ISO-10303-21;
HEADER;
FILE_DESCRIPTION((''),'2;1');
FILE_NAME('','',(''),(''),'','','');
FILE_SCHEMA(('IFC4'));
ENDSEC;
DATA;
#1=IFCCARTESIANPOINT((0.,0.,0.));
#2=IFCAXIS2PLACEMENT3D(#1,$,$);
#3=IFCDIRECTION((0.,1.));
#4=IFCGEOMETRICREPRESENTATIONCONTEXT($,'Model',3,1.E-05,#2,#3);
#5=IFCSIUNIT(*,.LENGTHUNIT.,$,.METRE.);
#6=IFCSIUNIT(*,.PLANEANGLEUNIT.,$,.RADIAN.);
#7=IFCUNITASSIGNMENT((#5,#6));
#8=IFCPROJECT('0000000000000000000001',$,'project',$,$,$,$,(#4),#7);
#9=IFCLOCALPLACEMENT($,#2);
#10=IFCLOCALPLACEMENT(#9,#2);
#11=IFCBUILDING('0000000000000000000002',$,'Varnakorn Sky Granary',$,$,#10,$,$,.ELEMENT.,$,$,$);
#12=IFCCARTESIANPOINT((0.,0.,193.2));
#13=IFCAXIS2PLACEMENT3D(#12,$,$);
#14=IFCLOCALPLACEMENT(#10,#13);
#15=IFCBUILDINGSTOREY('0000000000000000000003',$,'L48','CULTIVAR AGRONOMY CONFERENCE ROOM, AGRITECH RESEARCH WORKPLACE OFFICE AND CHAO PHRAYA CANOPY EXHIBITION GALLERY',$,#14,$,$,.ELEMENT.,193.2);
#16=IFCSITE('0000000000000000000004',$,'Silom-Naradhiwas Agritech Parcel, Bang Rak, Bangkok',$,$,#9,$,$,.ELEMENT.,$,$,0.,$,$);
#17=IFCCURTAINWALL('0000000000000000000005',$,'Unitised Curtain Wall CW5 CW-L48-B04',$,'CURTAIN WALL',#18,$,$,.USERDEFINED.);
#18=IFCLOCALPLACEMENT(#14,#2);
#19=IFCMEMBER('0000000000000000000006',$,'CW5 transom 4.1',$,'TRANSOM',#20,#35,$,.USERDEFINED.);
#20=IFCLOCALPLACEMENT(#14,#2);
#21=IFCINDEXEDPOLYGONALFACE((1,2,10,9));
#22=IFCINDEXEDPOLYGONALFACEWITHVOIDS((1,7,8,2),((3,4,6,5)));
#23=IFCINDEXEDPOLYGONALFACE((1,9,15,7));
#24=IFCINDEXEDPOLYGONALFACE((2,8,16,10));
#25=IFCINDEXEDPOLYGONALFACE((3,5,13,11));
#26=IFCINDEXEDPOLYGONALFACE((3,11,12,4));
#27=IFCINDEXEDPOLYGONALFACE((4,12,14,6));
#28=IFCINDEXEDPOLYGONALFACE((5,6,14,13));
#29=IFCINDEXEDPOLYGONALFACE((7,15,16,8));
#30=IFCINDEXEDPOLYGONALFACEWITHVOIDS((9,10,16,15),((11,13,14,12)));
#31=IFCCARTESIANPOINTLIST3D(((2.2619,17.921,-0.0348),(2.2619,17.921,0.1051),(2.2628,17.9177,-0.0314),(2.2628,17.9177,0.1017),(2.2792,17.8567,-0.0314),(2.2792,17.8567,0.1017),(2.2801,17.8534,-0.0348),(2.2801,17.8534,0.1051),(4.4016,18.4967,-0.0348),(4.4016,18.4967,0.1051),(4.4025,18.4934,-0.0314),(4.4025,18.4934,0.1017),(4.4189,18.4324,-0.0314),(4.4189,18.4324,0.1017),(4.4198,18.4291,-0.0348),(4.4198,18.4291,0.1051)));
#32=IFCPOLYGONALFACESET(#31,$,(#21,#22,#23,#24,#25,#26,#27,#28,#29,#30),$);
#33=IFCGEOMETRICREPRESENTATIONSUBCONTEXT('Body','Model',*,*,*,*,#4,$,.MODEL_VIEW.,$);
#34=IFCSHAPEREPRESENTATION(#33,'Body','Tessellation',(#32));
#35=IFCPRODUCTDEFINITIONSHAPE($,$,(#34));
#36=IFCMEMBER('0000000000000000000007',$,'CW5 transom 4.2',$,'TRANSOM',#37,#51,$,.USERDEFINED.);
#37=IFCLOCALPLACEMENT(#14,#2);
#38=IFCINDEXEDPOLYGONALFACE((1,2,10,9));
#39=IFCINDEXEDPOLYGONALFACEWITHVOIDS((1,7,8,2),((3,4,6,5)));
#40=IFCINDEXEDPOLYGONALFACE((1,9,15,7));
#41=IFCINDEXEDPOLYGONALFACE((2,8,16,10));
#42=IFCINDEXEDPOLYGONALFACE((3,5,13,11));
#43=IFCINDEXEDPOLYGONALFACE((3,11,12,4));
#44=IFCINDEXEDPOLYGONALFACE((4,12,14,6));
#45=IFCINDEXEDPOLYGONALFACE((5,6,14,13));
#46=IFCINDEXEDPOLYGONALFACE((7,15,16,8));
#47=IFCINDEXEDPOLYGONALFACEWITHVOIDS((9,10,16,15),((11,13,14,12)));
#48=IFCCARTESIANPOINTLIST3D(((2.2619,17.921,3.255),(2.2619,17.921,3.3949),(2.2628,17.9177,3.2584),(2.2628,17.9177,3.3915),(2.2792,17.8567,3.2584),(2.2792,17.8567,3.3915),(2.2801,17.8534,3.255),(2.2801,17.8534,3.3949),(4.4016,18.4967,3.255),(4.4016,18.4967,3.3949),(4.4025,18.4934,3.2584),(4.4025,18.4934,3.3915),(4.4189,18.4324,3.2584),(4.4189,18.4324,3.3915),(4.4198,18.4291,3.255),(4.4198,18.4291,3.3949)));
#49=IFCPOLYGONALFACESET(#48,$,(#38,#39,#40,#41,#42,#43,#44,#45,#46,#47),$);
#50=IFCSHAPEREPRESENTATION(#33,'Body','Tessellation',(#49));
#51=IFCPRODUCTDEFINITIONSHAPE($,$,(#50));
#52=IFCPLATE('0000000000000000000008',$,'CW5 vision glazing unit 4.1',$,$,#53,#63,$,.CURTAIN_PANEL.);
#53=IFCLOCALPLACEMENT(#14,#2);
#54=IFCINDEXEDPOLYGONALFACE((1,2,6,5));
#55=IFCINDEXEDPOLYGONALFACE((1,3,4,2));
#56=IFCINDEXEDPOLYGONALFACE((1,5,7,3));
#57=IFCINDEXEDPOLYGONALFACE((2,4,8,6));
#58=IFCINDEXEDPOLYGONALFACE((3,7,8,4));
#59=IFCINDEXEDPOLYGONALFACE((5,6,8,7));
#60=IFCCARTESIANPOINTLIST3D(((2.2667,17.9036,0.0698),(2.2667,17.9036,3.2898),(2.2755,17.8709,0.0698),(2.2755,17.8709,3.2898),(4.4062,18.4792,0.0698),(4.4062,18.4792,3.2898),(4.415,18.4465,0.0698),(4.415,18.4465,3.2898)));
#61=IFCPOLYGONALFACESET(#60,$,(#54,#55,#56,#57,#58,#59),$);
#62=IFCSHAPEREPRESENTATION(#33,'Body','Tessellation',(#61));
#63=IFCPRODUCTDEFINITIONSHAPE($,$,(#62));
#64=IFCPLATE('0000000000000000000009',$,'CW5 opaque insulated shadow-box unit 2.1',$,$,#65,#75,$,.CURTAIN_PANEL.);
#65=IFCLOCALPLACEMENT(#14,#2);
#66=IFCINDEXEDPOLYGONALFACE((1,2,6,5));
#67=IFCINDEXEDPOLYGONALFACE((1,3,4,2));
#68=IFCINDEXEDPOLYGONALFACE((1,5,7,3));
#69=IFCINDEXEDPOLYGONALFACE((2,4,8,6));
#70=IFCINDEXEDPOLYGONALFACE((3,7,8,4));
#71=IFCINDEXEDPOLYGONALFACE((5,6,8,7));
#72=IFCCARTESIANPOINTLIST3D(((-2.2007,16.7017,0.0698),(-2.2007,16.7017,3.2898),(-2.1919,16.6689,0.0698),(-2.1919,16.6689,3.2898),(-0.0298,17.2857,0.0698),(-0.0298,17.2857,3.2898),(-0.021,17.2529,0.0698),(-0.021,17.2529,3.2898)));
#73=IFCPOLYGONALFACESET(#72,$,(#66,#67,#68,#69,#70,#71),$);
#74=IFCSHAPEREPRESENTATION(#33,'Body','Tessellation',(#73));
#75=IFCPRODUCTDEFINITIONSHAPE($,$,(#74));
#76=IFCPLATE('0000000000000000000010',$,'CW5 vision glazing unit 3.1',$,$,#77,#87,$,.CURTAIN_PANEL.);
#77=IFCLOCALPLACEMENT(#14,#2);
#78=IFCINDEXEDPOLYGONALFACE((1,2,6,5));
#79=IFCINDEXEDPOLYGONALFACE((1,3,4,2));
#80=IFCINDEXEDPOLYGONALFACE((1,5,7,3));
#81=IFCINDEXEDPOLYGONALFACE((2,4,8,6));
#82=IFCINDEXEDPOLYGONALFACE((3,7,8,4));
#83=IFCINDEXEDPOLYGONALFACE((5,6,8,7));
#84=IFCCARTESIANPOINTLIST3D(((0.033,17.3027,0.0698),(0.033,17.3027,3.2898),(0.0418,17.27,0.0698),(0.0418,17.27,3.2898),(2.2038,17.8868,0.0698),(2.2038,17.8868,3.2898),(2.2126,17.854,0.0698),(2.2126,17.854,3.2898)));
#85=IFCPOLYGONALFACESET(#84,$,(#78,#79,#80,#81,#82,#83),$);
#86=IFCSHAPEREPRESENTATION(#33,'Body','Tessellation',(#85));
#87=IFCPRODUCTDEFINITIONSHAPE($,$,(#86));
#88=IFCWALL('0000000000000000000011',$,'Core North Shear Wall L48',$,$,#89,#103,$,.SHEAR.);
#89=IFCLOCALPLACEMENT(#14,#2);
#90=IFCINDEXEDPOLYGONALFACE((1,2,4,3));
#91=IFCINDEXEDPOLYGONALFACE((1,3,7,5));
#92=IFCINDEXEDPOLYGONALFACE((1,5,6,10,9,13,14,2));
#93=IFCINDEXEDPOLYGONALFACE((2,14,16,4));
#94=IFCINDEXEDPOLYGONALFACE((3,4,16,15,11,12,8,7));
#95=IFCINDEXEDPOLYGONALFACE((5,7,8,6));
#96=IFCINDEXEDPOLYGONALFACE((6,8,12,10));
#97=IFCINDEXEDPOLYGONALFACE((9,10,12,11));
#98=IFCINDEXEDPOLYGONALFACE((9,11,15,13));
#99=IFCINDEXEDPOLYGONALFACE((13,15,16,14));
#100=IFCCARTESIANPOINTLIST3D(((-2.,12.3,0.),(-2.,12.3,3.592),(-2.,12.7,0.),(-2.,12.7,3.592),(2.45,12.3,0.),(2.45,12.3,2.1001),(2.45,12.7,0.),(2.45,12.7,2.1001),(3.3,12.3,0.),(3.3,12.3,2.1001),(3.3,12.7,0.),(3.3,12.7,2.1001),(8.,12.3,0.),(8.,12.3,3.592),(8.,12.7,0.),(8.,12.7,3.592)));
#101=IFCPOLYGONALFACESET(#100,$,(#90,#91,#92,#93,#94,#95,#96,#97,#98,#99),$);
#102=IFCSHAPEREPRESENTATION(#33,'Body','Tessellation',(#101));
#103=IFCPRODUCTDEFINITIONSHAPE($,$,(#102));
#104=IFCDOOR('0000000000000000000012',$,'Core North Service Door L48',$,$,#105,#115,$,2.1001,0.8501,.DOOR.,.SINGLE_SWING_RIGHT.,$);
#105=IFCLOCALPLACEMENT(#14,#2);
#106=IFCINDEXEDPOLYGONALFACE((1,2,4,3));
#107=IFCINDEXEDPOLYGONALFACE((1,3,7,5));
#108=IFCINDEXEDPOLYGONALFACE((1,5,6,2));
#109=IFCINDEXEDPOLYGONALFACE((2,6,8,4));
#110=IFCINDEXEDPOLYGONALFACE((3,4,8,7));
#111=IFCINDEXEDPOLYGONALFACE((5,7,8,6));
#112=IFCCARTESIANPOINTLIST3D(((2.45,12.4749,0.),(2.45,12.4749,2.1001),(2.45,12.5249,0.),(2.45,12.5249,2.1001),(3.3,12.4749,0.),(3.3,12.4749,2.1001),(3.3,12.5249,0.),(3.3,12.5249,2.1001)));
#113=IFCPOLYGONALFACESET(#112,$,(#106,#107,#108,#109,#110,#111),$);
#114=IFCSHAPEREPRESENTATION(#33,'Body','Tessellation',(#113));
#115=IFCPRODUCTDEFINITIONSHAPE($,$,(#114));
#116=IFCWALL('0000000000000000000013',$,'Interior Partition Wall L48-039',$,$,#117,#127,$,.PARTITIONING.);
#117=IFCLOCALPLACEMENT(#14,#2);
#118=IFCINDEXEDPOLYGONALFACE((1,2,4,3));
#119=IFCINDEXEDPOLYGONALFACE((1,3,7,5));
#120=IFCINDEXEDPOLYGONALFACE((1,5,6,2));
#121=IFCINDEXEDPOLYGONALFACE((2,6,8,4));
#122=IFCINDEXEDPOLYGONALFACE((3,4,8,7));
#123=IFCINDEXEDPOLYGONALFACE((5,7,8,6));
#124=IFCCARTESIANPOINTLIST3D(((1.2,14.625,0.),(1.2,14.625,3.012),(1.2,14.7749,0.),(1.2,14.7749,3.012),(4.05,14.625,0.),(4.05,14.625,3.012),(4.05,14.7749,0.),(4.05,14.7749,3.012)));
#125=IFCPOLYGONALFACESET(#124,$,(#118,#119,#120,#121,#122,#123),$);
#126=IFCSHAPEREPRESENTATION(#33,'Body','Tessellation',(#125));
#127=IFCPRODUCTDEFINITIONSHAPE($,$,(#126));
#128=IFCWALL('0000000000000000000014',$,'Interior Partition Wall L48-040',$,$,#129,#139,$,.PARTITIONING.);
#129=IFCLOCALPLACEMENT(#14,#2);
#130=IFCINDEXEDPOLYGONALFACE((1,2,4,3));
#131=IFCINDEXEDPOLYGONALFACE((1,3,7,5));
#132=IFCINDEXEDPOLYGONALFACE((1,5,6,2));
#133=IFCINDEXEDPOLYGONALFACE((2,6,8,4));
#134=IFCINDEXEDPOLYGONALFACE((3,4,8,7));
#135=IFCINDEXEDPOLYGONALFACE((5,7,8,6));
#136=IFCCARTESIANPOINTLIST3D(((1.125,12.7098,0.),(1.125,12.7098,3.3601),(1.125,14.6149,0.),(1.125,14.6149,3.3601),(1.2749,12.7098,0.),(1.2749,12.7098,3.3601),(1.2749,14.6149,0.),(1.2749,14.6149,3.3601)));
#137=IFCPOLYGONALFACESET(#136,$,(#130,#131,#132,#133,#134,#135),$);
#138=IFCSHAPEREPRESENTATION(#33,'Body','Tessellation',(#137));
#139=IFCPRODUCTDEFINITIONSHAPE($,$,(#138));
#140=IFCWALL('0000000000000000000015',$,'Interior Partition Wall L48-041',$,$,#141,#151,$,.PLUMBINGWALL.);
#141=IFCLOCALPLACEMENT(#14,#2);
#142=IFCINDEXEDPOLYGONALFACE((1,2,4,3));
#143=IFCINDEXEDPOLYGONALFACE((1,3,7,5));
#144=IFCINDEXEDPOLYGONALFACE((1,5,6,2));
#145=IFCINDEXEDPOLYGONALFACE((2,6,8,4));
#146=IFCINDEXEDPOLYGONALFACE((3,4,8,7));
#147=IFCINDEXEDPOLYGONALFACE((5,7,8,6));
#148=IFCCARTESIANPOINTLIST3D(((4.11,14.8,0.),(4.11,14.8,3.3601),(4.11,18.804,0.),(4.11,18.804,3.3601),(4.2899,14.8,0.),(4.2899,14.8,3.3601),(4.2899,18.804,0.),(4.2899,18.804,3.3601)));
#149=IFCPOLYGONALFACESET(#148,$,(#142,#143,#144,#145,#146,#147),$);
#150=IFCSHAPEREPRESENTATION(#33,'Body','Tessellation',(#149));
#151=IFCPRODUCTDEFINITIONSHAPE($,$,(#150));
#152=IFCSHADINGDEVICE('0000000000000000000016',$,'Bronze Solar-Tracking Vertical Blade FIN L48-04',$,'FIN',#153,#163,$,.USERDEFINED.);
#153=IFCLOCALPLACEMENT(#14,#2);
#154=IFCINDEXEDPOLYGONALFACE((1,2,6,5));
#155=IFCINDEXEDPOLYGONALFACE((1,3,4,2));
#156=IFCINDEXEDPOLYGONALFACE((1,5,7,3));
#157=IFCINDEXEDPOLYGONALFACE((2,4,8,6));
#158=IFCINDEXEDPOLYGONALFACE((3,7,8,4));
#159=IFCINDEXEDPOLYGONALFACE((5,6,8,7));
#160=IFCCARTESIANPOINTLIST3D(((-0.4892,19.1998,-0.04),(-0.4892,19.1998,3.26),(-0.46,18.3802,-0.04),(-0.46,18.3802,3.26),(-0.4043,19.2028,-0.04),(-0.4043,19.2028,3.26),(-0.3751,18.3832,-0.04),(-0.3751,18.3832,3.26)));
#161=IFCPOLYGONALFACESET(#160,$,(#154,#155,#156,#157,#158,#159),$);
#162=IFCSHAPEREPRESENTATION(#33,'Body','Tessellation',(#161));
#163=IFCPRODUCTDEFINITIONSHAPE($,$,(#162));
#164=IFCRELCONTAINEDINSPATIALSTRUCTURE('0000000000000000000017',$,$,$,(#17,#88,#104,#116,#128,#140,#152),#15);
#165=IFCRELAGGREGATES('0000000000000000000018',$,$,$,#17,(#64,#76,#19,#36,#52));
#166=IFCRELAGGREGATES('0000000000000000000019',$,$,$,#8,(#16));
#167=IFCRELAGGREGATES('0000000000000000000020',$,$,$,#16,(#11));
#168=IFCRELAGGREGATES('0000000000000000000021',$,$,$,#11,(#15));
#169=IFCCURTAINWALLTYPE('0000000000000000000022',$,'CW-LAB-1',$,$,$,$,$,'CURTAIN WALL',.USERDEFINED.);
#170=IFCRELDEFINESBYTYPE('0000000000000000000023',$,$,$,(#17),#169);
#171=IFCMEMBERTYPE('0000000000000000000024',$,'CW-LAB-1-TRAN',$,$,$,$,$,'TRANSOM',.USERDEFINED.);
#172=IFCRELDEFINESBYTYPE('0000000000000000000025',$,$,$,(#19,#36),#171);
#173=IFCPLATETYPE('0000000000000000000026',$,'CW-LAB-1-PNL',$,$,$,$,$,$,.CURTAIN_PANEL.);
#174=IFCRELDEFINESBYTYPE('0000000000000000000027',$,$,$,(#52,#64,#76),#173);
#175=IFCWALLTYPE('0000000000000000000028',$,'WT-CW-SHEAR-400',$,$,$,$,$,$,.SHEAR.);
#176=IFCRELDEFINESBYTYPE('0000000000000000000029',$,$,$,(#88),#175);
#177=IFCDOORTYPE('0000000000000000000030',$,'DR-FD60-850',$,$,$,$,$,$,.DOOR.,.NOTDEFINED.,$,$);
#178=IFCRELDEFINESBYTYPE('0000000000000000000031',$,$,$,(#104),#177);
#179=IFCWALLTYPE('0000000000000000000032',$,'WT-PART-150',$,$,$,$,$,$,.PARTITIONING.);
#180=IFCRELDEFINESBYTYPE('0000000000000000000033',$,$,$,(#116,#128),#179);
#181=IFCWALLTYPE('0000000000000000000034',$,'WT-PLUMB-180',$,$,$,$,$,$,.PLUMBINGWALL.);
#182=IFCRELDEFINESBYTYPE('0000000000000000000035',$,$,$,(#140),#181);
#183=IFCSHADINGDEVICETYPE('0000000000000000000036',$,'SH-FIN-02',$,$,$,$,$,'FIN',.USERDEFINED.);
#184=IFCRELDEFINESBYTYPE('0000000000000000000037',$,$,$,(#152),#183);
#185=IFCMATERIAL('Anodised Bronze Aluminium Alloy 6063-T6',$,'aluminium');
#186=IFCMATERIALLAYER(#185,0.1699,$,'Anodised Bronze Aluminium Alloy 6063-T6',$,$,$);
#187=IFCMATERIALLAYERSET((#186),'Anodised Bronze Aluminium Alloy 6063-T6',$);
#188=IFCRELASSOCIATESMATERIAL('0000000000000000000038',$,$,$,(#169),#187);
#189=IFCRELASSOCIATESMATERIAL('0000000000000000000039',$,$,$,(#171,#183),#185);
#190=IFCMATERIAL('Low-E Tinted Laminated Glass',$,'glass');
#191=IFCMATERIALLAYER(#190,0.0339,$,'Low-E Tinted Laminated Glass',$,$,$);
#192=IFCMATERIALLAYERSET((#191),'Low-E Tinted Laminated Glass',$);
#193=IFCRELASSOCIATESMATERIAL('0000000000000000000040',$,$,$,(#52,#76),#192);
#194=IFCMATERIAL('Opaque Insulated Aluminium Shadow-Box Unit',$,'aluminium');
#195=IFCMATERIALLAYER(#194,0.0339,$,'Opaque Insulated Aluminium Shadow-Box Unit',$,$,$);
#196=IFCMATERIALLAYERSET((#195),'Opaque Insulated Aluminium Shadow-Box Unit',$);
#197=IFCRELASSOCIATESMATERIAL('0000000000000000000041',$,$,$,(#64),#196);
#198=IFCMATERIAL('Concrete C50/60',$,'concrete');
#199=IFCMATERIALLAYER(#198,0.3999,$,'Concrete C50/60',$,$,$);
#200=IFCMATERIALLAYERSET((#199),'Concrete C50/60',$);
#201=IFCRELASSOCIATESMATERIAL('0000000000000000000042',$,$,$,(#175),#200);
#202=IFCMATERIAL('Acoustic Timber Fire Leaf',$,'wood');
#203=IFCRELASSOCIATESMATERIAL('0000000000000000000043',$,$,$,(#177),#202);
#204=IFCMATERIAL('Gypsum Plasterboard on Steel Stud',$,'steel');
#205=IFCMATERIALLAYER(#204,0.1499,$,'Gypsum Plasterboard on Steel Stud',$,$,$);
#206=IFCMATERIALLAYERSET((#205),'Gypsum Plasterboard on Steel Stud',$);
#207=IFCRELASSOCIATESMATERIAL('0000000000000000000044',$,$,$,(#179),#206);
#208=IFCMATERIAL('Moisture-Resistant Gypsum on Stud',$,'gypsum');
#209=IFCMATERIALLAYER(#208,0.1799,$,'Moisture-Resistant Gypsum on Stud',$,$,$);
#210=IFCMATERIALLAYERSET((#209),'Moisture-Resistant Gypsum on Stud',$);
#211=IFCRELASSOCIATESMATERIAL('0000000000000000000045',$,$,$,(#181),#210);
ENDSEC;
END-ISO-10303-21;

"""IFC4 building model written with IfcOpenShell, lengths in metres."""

from ifc_helpers import new_model, si_unit, direction, frame, frame_2d, origin, origin_2d, place, context, subcontext, project, spatial, rectangle, hollow_rectangle, extrude, source, transform, mapped, material, layer, layer_set, material_profile, profile_set, type_object, type_shapes, element, fill, aggregate, save


model = new_model("IFC4")

# Units and contexts
model_context = context("Model", 3, precision=1e-05, world=origin(), true_north=direction((0.0, 1.0)))
body_context = subcontext(model_context, "Body", "Model", "MODEL_VIEW")
ifc_project = project(units=[si_unit("LENGTHUNIT", "METRE"), si_unit("PLANEANGLEUNIT", "RADIAN")], contexts=[model_context])

# Site, building, storey
site_placement = place(None, origin())
site = spatial("IfcSite", under=ifc_project, at=site_placement, Name="Silom-Naradhiwas Agritech Parcel, Bang Rak, Bangkok", CompositionType="ELEMENT", RefElevation=0.0)
building_placement = place(site_placement, origin())
building = spatial("IfcBuilding", under=site, at=building_placement, Name="Varnakorn Sky Granary", CompositionType="ELEMENT")
storey_placement = place(building_placement, frame((0.0, 0.0, 193.2)))
storey = spatial("IfcBuildingStorey", under=building, at=storey_placement, Name="L48", Description="CULTIVAR AGRONOMY CONFERENCE ROOM, AGRITECH RESEARCH WORKPLACE OFFICE AND CHAO PHRAYA CANOPY EXHIBITION GALLERY", CompositionType="ELEMENT", Elevation=193.2)

# Curtain wall, members, plates
ifc_material_1 = material(Name="Anodised Bronze Aluminium Alloy 6063-T6", Category="aluminium")
ifc_layer_1 = layer(ifc_material_1, 0.1699, Name="Anodised Bronze Aluminium Alloy 6063-T6")
ifc_layer_set_1 = layer_set([ifc_layer_1], Name="Anodised Bronze Aluminium Alloy 6063-T6")
curtain_wall_type = type_object("IfcCurtainWallType", Name="CW-LAB-1", ElementType="CURTAIN WALL", PredefinedType="USERDEFINED", material=ifc_layer_set_1)
curtain_wall_placement = place(storey_placement, origin())
curtain_wall = element("IfcCurtainWall", 1, at=curtain_wall_placement, inside=storey, type_object=curtain_wall_type, Name="Unitised Curtain Wall CW5 CW-L48-B04", ObjectType="CURTAIN WALL", PredefinedType="USERDEFINED")
ifc_material_profile_1 = material_profile(ifc_material_1, hollow_rectangle(XDim=0.0701, YDim=0.1399, WallThickness=0.0034, at=origin_2d()), Name="ALU TRAN 70x140")
ifc_profile_set_1 = profile_set([ifc_material_profile_1], Name="Anodised Bronze Aluminium Alloy 6063-T6")
member_type_1 = type_object("IfcMemberType", Name="CW-LAB-1-TRAN", ElementType="TRANSOM", PredefinedType="USERDEFINED", material=ifc_profile_set_1)
member_1_placement = place(storey_placement, frame((2.271, 17.8872, 0.0352), z_axis=(0.965658, 0.259815, 0.0), x_axis=(-0.259815, 0.965658, 0.0)))
member_1 = element("IfcMember", 2, at=member_1_placement, type_object=member_type_1, Name="CW5 transom 4.1", ObjectType="TRANSOM", PredefinedType="USERDEFINED", context=body_context, shape_type="SweptSolid", body=[
    extrude(hollow_rectangle(XDim=0.0701, YDim=0.1399, WallThickness=0.0034, at=origin_2d()), origin(), (0.0, 0.0, 1.0), 2.2158),
])
member_2_placement = place(storey_placement, frame((2.271, 17.8872, 3.325), z_axis=(0.965658, 0.259815, 0.0), x_axis=(-0.259815, 0.965658, 0.0)))
member_2 = element("IfcMember", 3, at=member_2_placement, type_object=member_type_1, Name="CW5 transom 4.2", ObjectType="TRANSOM", PredefinedType="USERDEFINED", context=body_context, shape_type="SweptSolid", body=[
    extrude(hollow_rectangle(XDim=0.0701, YDim=0.1399, WallThickness=0.0034, at=origin_2d()), origin(), (0.0, 0.0, 1.0), 2.2158),
])
ifc_material_2 = material(Name="Low-E Tinted Laminated Glass", Category="glass")
ifc_layer_2 = layer(ifc_material_2, 0.0339, Name="Low-E Tinted Laminated Glass")
ifc_layer_set_2 = layer_set([ifc_layer_2], Name="Low-E Tinted Laminated Glass")
plate_type = type_object("IfcPlateType", Name="CW-LAB-1-PNL", PredefinedType="CURTAIN_PANEL")
shared_shape_1 = source(origin(), body_context, "Body", "SweptSolid", [
    extrude(rectangle(XDim=2.2156, YDim=0.0339, at=origin_2d()), origin(), (0.0, 0.0, 1.0), 3.22),
])
plate_1_placement = place(storey_placement, frame((3.3408, 18.175, 0.0698), z_axis=(0.0, 0.0, 1.0), x_axis=(0.965665, 0.25979, 0.0)))
plate_1 = element("IfcPlate", 4, at=plate_1_placement, type_object=plate_type, material=ifc_layer_set_2, Name="CW5 vision glazing unit 4.1", PredefinedType="CURTAIN_PANEL", context=body_context, shape_type="MappedRepresentation", body=[
    mapped(shared_shape_1, transform((0.0, 0.0, 0.0), x_axis=(1.0, 0.0, 0.0), y_axis=(0.0, 1.0, 0.0), z_axis=(0.0, 0.0, 1.0), scale=1.0)),
])
ifc_material_3 = material(Name="Opaque Insulated Aluminium Shadow-Box Unit", Category="aluminium")
ifc_layer_3 = layer(ifc_material_3, 0.0339, Name="Opaque Insulated Aluminium Shadow-Box Unit")
ifc_layer_set_3 = layer_set([ifc_layer_3], Name="Opaque Insulated Aluminium Shadow-Box Unit")
shared_shape_2 = source(origin(), body_context, "Body", "SweptSolid", [
    extrude(rectangle(XDim=2.248, YDim=0.0339, at=origin_2d()), origin(), (0.0, 0.0, 1.0), 3.22),
])
type_shapes(plate_type, [shared_shape_1, shared_shape_2])
plate_2_placement = place(storey_placement, frame((-1.1108, 16.9773, 0.0698), z_axis=(0.0, 0.0, 1.0), x_axis=(0.965665, 0.25979, 0.0)))
plate_2 = element("IfcPlate", 5, at=plate_2_placement, type_object=plate_type, material=ifc_layer_set_3, Name="CW5 opaque insulated shadow-box unit 2.1", PredefinedType="CURTAIN_PANEL", context=body_context, shape_type="MappedRepresentation", body=[
    mapped(shared_shape_2, transform((0.0, 0.0, 0.0), x_axis=(1.0, 0.0, 0.0), y_axis=(0.0, 1.0, 0.0), z_axis=(0.0, 0.0, 1.0), scale=1.0)),
])
plate_3_placement = place(storey_placement, frame((1.1228, 17.5784, 0.0698), z_axis=(0.0, 0.0, 1.0), x_axis=(0.965665, 0.25979, 0.0)))
plate_3 = element("IfcPlate", 6, at=plate_3_placement, type_object=plate_type, material=ifc_layer_set_2, Name="CW5 vision glazing unit 3.1", PredefinedType="CURTAIN_PANEL", context=body_context, shape_type="MappedRepresentation", body=[
    mapped(shared_shape_2, transform((0.0, 0.0, 0.0), x_axis=(1.0, 0.0, 0.0), y_axis=(0.0, 1.0, 0.0), z_axis=(0.0, 0.0, 1.0), scale=1.0)),
])
aggregate(curtain_wall, [plate_2, plate_3, member_1, member_2, plate_1])

# Wall, opening, door
ifc_material_4 = material(Name="Concrete C50/60", Category="concrete")
ifc_layer_4 = layer(ifc_material_4, 0.3999, Name="Concrete C50/60")
ifc_layer_set_4 = layer_set([ifc_layer_4], Name="Concrete C50/60")
wall_type_1 = type_object("IfcWallType", Name="WT-CW-SHEAR-400", PredefinedType="SHEAR", material=ifc_layer_set_4)
wall_1_placement = place(storey_placement, frame((-2.0, 12.5, 0.0), z_axis=(0.0, 0.0, 1.0), x_axis=(1.0, 0.0, 0.0)))
wall_1 = element("IfcWall", 7, at=wall_1_placement, inside=storey, type_object=wall_type_1, Name="Core North Shear Wall L48", PredefinedType="SHEAR", context=body_context, shape_type="SweptSolid", body=[
    extrude(rectangle(XDim=10.0, YDim=0.3999, at=frame_2d((5.0, 0.0))), origin(), (0.0, 0.0, 1.0), 3.592),
])
opening_placement = place(wall_1_placement, frame((4.45, 0.0, 0.0)))
opening = element("IfcOpeningElement", 8, at=opening_placement, cuts=wall_1, PredefinedType="OPENING", context=body_context, shape_type="SweptSolid", body=[
    extrude(rectangle(XDim=0.8501, YDim=2.1001, at=frame_2d((0.425, 1.05))), frame((0.0, 0.21, 0.0), z_axis=(0.0, -1.0, 0.0), x_axis=(1.0, 0.0, 0.0)), (0.0, 0.0, 1.0), 0.4199),
])
ifc_material_5 = material(Name="Acoustic Timber Fire Leaf", Category="wood")
door_type = type_object("IfcDoorType", Name="DR-FD60-850", OperationType="NOTDEFINED", PredefinedType="DOOR", material=ifc_material_5)
door_placement = place(opening_placement, origin())
door = element("IfcDoor", 9, at=door_placement, inside=storey, type_object=door_type, Name="Core North Service Door L48", OperationType="SINGLE_SWING_RIGHT", OverallHeight=2.1001, OverallWidth=0.8501, PredefinedType="DOOR", context=body_context, shape_type="SweptSolid", body=[
    extrude(rectangle(XDim=0.8501, YDim=2.1001, at=frame_2d((0.425, 1.05))), frame((0.0, 0.0249, 0.0), z_axis=(0.0, -1.0, 0.0), x_axis=(1.0, 0.0, 0.0)), (0.0, 0.0, 1.0), 0.05),
])
fill(opening, door)

# Walls
ifc_material_6 = material(Name="Gypsum Plasterboard on Steel Stud", Category="steel")
ifc_layer_5 = layer(ifc_material_6, 0.1499, Name="Gypsum Plasterboard on Steel Stud")
ifc_layer_set_5 = layer_set([ifc_layer_5], Name="Gypsum Plasterboard on Steel Stud")
wall_type_2 = type_object("IfcWallType", Name="WT-PART-150", PredefinedType="PARTITIONING", material=ifc_layer_set_5)
wall_2_placement = place(storey_placement, frame((4.05, 14.7, 0.0), z_axis=(0.0, 0.0, 1.0), x_axis=(-1.0, 0.0, 0.0)))
element("IfcWall", 10, at=wall_2_placement, inside=storey, type_object=wall_type_2, Name="Interior Partition Wall L48-039", PredefinedType="PARTITIONING", context=body_context, shape_type="SweptSolid", body=[
    extrude(rectangle(XDim=2.8501, YDim=0.1499, at=frame_2d((1.425, 0.0))), origin(), (0.0, 0.0, 1.0), 3.012),
])
wall_3_placement = place(storey_placement, frame((1.2, 14.615, 0.0), z_axis=(0.0, 0.0, 1.0), x_axis=(0.0, -1.0, 0.0)))
element("IfcWall", 11, at=wall_3_placement, inside=storey, type_object=wall_type_2, Name="Interior Partition Wall L48-040", PredefinedType="PARTITIONING", context=body_context, shape_type="SweptSolid", body=[
    extrude(rectangle(XDim=1.905, YDim=0.1499, at=frame_2d((0.9526, 0.0))), origin(), (0.0, 0.0, 1.0), 3.3601),
])
ifc_material_7 = material(Name="Moisture-Resistant Gypsum on Stud", Category="gypsum")
ifc_layer_6 = layer(ifc_material_7, 0.1799, Name="Moisture-Resistant Gypsum on Stud")
ifc_layer_set_6 = layer_set([ifc_layer_6], Name="Moisture-Resistant Gypsum on Stud")
wall_type_3 = type_object("IfcWallType", Name="WT-PLUMB-180", PredefinedType="PLUMBINGWALL", material=ifc_layer_set_6)
wall_4_placement = place(storey_placement, frame((4.2, 18.804, 0.0), z_axis=(0.0, 0.0, 1.0), x_axis=(0.0, -1.0, 0.0)))
element("IfcWall", 12, at=wall_4_placement, inside=storey, type_object=wall_type_3, Name="Interior Partition Wall L48-041", PredefinedType="PLUMBINGWALL", context=body_context, shape_type="SweptSolid", body=[
    extrude(rectangle(XDim=4.0039, YDim=0.1799, at=frame_2d((2.002, 0.0))), origin(), (0.0, 0.0, 1.0), 3.3601),
])

# Shading device
shading_device_type = type_object("IfcShadingDeviceType", Name="SH-FIN-02", ElementType="FIN", PredefinedType="USERDEFINED", material=ifc_material_1)
shared_shape_3 = source(origin(), body_context, "Body", "SweptSolid", [
    extrude(rectangle(XDim=0.085, YDim=0.8201, at=origin_2d()), origin(), (0.0, 0.0, 1.0), 3.3),
])
type_shapes(shading_device_type, [shared_shape_3])
shading_device_placement = place(storey_placement, frame((-0.4321, 18.7915, -0.04), z_axis=(0.0, 0.0, 1.0), x_axis=(-0.999364, -0.035657, 0.0)))
element("IfcShadingDevice", 13, at=shading_device_placement, inside=storey, type_object=shading_device_type, Name="Bronze Solar-Tracking Vertical Blade FIN L48-04", ObjectType="FIN", PredefinedType="USERDEFINED", context=body_context, shape_type="MappedRepresentation", body=[
    mapped(shared_shape_3, transform((0.0, 0.0, 0.0), x_axis=(1.0, 0.0, 0.0), y_axis=(0.0, 1.0, 0.0), z_axis=(0.0, 0.0, 1.0), scale=1.0)),
])

save(model, "model.ifc")
